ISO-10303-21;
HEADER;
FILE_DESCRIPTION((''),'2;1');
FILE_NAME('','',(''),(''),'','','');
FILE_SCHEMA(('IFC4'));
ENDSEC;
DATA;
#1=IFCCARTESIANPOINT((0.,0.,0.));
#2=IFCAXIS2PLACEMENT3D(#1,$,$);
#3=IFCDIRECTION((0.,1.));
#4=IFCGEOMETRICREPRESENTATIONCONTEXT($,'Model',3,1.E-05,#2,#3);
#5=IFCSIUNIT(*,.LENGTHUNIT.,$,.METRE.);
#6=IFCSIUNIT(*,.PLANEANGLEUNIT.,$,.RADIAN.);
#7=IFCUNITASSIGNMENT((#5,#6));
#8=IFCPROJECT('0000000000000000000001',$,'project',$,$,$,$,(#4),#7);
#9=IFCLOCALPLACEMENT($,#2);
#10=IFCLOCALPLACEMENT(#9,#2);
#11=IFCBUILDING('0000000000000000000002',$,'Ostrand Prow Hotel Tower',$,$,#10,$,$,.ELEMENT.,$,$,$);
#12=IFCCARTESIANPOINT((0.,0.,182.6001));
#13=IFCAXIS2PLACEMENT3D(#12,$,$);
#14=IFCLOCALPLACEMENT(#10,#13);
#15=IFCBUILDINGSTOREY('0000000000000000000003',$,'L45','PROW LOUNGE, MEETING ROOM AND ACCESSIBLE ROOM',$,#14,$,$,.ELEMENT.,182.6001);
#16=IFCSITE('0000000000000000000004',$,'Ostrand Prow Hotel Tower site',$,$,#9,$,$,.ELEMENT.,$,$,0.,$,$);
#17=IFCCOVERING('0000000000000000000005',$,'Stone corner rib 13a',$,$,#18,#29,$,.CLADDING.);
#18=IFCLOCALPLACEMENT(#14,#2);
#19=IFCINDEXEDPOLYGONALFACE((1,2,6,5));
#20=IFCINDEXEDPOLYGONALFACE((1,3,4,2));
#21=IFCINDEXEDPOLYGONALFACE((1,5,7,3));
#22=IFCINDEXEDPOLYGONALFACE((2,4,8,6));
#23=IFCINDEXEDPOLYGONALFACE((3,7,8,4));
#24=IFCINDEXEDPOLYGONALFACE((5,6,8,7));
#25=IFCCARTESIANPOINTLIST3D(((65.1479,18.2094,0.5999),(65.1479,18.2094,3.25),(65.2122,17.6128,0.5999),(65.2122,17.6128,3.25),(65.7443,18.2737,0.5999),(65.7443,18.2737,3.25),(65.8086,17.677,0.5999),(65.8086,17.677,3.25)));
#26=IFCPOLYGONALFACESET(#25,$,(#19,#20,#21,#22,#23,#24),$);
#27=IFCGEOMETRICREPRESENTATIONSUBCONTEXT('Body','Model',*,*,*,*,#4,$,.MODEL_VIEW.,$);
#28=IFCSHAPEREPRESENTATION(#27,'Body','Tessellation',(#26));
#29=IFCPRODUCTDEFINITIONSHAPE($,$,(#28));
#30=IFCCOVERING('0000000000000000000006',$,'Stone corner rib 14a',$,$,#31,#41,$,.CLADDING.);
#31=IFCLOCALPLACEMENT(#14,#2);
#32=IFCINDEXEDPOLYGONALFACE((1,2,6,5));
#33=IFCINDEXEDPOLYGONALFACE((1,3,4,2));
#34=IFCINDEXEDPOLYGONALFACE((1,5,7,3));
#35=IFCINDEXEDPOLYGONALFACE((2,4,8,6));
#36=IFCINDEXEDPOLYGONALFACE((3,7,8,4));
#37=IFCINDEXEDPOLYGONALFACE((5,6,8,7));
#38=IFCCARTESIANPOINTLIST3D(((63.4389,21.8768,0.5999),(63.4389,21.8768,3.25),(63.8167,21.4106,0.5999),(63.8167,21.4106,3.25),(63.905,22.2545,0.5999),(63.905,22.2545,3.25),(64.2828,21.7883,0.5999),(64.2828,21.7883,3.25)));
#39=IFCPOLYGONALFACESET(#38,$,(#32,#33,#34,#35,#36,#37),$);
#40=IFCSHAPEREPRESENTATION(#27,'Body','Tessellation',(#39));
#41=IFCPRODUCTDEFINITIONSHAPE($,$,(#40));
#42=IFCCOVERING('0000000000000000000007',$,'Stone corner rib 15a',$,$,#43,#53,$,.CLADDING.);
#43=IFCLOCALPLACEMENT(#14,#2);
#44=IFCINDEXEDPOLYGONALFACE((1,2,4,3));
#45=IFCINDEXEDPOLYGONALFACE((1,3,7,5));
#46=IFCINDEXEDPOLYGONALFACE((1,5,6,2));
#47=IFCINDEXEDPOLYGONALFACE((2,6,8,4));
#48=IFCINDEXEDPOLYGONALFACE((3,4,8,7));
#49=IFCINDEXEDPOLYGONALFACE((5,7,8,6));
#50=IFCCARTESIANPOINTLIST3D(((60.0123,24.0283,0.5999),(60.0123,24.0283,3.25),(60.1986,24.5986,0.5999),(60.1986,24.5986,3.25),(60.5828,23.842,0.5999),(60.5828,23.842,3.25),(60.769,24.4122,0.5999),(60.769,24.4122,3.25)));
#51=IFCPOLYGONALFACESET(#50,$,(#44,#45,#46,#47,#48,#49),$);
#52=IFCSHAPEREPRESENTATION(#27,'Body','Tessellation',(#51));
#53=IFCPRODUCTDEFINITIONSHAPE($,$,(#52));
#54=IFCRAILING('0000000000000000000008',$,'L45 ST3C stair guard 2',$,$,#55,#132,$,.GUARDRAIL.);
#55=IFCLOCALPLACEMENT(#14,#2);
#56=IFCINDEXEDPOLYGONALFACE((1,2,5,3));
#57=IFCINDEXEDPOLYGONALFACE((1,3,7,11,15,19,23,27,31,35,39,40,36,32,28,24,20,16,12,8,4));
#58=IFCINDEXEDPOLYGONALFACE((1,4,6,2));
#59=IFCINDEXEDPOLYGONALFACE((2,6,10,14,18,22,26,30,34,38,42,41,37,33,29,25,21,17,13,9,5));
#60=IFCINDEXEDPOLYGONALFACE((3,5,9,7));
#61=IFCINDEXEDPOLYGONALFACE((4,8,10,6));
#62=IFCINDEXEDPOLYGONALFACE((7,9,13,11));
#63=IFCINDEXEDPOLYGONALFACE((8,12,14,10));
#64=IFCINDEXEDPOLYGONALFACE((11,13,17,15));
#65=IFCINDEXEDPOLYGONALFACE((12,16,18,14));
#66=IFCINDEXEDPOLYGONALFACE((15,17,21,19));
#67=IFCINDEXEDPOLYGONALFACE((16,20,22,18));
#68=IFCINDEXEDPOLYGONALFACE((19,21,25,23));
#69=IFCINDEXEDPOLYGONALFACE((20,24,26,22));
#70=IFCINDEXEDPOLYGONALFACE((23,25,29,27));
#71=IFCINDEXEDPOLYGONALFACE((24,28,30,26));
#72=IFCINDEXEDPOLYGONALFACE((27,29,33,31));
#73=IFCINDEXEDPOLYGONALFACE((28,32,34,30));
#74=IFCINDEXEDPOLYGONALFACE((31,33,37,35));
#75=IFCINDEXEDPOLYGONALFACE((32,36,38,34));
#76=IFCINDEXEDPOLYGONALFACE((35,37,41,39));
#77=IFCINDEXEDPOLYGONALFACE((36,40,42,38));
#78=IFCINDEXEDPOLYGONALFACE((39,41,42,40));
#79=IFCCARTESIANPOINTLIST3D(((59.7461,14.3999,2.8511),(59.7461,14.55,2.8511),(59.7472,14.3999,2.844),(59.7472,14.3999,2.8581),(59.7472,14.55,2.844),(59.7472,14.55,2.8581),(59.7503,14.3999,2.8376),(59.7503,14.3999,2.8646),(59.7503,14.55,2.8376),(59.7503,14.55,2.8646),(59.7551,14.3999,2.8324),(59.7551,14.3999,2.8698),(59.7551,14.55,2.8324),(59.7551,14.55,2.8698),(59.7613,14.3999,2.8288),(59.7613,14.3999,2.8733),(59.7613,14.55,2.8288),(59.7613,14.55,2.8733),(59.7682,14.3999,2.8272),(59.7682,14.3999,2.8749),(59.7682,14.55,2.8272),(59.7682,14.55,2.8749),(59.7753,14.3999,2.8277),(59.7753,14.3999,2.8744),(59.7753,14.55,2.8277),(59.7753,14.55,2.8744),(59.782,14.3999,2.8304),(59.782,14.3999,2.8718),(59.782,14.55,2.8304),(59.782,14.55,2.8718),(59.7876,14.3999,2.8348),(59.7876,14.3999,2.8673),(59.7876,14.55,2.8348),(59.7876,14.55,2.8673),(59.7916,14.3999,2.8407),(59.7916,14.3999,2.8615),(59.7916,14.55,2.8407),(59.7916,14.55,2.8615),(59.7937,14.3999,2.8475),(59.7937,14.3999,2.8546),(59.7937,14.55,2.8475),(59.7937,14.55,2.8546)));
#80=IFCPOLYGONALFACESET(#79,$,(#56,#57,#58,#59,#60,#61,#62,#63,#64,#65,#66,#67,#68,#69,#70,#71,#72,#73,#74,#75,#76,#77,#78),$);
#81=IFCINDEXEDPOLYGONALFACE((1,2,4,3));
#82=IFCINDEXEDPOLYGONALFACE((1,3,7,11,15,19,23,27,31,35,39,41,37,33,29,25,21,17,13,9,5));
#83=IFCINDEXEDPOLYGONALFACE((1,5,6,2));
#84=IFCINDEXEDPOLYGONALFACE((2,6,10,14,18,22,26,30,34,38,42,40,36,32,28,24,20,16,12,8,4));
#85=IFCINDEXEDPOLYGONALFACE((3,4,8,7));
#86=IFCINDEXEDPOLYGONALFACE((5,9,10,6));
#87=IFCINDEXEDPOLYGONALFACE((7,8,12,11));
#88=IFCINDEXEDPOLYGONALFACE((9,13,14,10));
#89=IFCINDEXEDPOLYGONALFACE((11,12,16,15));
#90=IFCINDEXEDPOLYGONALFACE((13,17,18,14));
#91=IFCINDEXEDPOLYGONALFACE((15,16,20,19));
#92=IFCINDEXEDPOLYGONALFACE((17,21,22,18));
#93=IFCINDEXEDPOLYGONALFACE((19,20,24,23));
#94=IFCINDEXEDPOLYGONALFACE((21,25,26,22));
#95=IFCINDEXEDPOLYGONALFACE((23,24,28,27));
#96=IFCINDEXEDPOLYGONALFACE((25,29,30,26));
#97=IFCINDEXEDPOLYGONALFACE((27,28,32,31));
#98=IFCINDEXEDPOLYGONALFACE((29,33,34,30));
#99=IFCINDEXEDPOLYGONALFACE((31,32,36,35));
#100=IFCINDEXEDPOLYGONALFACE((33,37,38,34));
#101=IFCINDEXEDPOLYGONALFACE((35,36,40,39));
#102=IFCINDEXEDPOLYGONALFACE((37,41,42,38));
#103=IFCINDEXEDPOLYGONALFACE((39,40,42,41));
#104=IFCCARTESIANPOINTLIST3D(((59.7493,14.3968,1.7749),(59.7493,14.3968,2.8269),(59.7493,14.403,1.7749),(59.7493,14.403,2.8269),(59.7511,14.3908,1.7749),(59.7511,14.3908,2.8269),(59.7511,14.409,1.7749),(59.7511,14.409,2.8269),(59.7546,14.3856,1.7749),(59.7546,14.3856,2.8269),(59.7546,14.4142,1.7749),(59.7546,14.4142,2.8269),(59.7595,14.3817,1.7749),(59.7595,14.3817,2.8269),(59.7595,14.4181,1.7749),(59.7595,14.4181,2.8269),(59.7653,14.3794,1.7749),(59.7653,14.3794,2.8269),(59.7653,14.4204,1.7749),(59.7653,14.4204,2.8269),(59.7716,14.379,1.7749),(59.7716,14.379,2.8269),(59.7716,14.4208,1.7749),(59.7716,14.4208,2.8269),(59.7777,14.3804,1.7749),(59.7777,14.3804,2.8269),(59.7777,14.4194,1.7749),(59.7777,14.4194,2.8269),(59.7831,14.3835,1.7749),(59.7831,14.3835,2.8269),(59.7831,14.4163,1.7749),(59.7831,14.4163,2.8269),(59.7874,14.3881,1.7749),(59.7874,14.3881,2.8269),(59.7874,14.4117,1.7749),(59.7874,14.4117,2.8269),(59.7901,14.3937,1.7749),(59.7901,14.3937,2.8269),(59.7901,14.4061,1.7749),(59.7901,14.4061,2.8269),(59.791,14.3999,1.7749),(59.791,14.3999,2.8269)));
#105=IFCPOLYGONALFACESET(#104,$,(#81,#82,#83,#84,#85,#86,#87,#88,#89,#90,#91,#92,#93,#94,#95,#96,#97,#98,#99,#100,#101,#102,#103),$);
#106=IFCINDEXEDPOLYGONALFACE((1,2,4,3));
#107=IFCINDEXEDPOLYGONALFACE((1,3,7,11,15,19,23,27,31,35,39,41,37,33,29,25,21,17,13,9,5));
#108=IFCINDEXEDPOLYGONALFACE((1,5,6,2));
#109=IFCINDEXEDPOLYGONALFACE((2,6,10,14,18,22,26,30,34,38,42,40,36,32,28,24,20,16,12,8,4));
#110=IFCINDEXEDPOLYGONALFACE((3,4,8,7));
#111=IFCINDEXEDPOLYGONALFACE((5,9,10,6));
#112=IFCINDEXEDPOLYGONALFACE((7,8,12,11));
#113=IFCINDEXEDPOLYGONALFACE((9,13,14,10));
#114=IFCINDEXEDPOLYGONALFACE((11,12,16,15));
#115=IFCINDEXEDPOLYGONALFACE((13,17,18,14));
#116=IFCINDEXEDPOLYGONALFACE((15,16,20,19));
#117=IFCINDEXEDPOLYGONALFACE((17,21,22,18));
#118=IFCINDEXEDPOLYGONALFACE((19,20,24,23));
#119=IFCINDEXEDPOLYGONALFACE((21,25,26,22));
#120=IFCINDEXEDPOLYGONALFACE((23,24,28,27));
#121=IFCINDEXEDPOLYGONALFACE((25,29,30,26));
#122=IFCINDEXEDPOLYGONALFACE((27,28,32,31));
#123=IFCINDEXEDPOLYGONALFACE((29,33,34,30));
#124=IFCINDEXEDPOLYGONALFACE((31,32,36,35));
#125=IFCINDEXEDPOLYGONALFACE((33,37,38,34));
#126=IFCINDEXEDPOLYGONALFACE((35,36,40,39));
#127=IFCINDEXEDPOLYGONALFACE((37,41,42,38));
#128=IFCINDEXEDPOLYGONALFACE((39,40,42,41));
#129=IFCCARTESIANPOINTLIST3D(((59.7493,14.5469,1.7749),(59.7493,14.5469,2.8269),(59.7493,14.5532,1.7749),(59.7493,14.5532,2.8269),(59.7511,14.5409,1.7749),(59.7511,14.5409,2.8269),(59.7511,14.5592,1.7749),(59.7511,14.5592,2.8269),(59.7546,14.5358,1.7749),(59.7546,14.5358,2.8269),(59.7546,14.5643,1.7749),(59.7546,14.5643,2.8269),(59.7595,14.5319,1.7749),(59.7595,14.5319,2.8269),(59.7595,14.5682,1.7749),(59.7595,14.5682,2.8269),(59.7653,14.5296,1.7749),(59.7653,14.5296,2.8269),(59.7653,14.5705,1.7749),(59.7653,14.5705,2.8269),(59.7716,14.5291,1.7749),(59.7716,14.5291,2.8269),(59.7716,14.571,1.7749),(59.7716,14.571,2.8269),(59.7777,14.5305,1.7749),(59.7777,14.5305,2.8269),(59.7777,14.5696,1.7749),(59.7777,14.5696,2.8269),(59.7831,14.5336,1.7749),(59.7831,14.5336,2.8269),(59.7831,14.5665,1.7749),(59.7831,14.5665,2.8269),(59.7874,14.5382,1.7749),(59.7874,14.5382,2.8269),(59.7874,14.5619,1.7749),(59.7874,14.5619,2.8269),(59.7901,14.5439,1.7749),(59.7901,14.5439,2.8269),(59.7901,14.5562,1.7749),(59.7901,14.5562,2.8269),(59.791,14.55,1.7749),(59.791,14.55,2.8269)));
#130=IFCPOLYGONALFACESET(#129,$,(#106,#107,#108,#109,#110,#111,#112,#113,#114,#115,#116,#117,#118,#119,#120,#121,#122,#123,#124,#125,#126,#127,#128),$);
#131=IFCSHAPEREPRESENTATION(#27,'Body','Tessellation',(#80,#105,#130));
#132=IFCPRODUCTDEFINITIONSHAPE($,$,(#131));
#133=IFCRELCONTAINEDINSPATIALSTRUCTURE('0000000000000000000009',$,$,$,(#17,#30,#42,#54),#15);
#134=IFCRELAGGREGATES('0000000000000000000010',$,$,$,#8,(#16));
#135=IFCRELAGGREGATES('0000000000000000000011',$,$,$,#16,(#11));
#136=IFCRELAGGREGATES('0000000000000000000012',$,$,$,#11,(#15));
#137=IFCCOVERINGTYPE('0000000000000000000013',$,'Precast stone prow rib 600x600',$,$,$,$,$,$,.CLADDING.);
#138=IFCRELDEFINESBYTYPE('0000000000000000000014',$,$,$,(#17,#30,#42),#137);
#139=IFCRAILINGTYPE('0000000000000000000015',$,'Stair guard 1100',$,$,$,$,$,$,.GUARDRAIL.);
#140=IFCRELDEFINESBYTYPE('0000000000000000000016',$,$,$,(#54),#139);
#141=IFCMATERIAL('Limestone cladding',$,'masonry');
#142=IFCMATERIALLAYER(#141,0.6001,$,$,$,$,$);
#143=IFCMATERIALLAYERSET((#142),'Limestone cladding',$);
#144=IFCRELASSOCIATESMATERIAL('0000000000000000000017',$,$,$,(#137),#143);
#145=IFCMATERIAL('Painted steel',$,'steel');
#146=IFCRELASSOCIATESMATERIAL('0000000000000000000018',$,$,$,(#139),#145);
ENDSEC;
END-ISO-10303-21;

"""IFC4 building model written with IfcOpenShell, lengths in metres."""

from ifc_helpers import new_model, si_unit, direction, frame, frame_2d, origin, origin_2d, place, context, subcontext, project, spatial, rectangle, circle, extrude, material, layer, layer_set, type_object, element, save


model = new_model("IFC4")

# Units and contexts
model_context = context("Model", 3, precision=1e-05, world=origin(), true_north=direction((0.0, 1.0)))
body_context = subcontext(model_context, "Body", "Model", "MODEL_VIEW")
ifc_project = project(units=[si_unit("LENGTHUNIT", "METRE"), si_unit("PLANEANGLEUNIT", "RADIAN")], contexts=[model_context])

# Site, building, storey
site_placement = place(None, origin())
site = spatial("IfcSite", under=ifc_project, at=site_placement, Name="Ostrand Prow Hotel Tower site", CompositionType="ELEMENT", RefElevation=0.0)
building_placement = place(site_placement, origin())
building = spatial("IfcBuilding", under=site, at=building_placement, Name="Ostrand Prow Hotel Tower", CompositionType="ELEMENT")
storey_placement = place(building_placement, frame((0.0, 0.0, 182.6001)))
storey = spatial("IfcBuildingStorey", under=building, at=storey_placement, Name="L45", Description="PROW LOUNGE, MEETING ROOM AND ACCESSIBLE ROOM", CompositionType="ELEMENT", Elevation=182.6001)

# Coverings
ifc_material_1 = material(Name="Limestone cladding", Category="masonry")
ifc_layer_1 = layer(ifc_material_1, 0.6001)
ifc_layer_set_1 = layer_set([ifc_layer_1], Name="Limestone cladding")
covering_type = type_object("IfcCoveringType", Name="Precast stone prow rib 600x600", PredefinedType="CLADDING", material=ifc_layer_set_1)
for number, where, z_axis, x_axis, name in (
    (1, (65.1802, 17.9111, 0.5999), (0.0, 0.0, 1.0), (0.994255, 0.107036, 0.0), "Stone corner rib 13a"),
    (2, (63.6279, 21.6438, 0.5999), (0.0, 0.0, 1.0), (0.776923, 0.629596, 0.0), "Stone corner rib 14a"),
    (3, (60.2976, 23.9353, 0.5999), (0.0, 0.0, 1.0), (0.310484, 0.950578, 0.0), "Stone corner rib 15a"),
):
    element("IfcCovering", number, at=place(storey_placement, frame(where, z_axis=z_axis, x_axis=x_axis)), inside=storey, type_object=covering_type, Name=name, PredefinedType="CLADDING", context=body_context, shape_type="SweptSolid", body=[
        extrude(rectangle(XDim=0.5999, YDim=0.6001, at=frame_2d((0.2998, 0.0))), origin(), (0.0, 0.0, 1.0), 2.6501),
    ])

# Railing
ifc_material_2 = material(Name="Painted steel", Category="steel")
railing_type_1 = type_object("IfcRailingType", Name="Stair guard 1100", PredefinedType="GUARDRAIL", material=ifc_material_2)
railing_1_placement = place(storey_placement, frame((59.77, 14.3999, 1.7749)))
element("IfcRailing", 4, at=railing_1_placement, inside=storey, type_object=railing_type_1, Name="L45 ST3C stair guard 2", PredefinedType="GUARDRAIL", context=body_context, shape_type="SweptSolid", body=[
    extrude(circle(Radius=0.0239, at=origin_2d()), frame((0.0, 0.0, 1.0762), z_axis=(0.0, 1.0, 0.0), x_axis=(-1.0, 0.0, 0.0)), (0.0, 0.0, 1.0), 0.1501),
    extrude(circle(Radius=0.021, at=origin_2d()), origin(), (0.0, 0.0, 1.0), 1.052),
    extrude(circle(Radius=0.021, at=origin_2d()), frame((0.0, 0.1501, 0.0)), (0.0, 0.0, 1.0), 1.052),
])

save(model, "model.ifc")
